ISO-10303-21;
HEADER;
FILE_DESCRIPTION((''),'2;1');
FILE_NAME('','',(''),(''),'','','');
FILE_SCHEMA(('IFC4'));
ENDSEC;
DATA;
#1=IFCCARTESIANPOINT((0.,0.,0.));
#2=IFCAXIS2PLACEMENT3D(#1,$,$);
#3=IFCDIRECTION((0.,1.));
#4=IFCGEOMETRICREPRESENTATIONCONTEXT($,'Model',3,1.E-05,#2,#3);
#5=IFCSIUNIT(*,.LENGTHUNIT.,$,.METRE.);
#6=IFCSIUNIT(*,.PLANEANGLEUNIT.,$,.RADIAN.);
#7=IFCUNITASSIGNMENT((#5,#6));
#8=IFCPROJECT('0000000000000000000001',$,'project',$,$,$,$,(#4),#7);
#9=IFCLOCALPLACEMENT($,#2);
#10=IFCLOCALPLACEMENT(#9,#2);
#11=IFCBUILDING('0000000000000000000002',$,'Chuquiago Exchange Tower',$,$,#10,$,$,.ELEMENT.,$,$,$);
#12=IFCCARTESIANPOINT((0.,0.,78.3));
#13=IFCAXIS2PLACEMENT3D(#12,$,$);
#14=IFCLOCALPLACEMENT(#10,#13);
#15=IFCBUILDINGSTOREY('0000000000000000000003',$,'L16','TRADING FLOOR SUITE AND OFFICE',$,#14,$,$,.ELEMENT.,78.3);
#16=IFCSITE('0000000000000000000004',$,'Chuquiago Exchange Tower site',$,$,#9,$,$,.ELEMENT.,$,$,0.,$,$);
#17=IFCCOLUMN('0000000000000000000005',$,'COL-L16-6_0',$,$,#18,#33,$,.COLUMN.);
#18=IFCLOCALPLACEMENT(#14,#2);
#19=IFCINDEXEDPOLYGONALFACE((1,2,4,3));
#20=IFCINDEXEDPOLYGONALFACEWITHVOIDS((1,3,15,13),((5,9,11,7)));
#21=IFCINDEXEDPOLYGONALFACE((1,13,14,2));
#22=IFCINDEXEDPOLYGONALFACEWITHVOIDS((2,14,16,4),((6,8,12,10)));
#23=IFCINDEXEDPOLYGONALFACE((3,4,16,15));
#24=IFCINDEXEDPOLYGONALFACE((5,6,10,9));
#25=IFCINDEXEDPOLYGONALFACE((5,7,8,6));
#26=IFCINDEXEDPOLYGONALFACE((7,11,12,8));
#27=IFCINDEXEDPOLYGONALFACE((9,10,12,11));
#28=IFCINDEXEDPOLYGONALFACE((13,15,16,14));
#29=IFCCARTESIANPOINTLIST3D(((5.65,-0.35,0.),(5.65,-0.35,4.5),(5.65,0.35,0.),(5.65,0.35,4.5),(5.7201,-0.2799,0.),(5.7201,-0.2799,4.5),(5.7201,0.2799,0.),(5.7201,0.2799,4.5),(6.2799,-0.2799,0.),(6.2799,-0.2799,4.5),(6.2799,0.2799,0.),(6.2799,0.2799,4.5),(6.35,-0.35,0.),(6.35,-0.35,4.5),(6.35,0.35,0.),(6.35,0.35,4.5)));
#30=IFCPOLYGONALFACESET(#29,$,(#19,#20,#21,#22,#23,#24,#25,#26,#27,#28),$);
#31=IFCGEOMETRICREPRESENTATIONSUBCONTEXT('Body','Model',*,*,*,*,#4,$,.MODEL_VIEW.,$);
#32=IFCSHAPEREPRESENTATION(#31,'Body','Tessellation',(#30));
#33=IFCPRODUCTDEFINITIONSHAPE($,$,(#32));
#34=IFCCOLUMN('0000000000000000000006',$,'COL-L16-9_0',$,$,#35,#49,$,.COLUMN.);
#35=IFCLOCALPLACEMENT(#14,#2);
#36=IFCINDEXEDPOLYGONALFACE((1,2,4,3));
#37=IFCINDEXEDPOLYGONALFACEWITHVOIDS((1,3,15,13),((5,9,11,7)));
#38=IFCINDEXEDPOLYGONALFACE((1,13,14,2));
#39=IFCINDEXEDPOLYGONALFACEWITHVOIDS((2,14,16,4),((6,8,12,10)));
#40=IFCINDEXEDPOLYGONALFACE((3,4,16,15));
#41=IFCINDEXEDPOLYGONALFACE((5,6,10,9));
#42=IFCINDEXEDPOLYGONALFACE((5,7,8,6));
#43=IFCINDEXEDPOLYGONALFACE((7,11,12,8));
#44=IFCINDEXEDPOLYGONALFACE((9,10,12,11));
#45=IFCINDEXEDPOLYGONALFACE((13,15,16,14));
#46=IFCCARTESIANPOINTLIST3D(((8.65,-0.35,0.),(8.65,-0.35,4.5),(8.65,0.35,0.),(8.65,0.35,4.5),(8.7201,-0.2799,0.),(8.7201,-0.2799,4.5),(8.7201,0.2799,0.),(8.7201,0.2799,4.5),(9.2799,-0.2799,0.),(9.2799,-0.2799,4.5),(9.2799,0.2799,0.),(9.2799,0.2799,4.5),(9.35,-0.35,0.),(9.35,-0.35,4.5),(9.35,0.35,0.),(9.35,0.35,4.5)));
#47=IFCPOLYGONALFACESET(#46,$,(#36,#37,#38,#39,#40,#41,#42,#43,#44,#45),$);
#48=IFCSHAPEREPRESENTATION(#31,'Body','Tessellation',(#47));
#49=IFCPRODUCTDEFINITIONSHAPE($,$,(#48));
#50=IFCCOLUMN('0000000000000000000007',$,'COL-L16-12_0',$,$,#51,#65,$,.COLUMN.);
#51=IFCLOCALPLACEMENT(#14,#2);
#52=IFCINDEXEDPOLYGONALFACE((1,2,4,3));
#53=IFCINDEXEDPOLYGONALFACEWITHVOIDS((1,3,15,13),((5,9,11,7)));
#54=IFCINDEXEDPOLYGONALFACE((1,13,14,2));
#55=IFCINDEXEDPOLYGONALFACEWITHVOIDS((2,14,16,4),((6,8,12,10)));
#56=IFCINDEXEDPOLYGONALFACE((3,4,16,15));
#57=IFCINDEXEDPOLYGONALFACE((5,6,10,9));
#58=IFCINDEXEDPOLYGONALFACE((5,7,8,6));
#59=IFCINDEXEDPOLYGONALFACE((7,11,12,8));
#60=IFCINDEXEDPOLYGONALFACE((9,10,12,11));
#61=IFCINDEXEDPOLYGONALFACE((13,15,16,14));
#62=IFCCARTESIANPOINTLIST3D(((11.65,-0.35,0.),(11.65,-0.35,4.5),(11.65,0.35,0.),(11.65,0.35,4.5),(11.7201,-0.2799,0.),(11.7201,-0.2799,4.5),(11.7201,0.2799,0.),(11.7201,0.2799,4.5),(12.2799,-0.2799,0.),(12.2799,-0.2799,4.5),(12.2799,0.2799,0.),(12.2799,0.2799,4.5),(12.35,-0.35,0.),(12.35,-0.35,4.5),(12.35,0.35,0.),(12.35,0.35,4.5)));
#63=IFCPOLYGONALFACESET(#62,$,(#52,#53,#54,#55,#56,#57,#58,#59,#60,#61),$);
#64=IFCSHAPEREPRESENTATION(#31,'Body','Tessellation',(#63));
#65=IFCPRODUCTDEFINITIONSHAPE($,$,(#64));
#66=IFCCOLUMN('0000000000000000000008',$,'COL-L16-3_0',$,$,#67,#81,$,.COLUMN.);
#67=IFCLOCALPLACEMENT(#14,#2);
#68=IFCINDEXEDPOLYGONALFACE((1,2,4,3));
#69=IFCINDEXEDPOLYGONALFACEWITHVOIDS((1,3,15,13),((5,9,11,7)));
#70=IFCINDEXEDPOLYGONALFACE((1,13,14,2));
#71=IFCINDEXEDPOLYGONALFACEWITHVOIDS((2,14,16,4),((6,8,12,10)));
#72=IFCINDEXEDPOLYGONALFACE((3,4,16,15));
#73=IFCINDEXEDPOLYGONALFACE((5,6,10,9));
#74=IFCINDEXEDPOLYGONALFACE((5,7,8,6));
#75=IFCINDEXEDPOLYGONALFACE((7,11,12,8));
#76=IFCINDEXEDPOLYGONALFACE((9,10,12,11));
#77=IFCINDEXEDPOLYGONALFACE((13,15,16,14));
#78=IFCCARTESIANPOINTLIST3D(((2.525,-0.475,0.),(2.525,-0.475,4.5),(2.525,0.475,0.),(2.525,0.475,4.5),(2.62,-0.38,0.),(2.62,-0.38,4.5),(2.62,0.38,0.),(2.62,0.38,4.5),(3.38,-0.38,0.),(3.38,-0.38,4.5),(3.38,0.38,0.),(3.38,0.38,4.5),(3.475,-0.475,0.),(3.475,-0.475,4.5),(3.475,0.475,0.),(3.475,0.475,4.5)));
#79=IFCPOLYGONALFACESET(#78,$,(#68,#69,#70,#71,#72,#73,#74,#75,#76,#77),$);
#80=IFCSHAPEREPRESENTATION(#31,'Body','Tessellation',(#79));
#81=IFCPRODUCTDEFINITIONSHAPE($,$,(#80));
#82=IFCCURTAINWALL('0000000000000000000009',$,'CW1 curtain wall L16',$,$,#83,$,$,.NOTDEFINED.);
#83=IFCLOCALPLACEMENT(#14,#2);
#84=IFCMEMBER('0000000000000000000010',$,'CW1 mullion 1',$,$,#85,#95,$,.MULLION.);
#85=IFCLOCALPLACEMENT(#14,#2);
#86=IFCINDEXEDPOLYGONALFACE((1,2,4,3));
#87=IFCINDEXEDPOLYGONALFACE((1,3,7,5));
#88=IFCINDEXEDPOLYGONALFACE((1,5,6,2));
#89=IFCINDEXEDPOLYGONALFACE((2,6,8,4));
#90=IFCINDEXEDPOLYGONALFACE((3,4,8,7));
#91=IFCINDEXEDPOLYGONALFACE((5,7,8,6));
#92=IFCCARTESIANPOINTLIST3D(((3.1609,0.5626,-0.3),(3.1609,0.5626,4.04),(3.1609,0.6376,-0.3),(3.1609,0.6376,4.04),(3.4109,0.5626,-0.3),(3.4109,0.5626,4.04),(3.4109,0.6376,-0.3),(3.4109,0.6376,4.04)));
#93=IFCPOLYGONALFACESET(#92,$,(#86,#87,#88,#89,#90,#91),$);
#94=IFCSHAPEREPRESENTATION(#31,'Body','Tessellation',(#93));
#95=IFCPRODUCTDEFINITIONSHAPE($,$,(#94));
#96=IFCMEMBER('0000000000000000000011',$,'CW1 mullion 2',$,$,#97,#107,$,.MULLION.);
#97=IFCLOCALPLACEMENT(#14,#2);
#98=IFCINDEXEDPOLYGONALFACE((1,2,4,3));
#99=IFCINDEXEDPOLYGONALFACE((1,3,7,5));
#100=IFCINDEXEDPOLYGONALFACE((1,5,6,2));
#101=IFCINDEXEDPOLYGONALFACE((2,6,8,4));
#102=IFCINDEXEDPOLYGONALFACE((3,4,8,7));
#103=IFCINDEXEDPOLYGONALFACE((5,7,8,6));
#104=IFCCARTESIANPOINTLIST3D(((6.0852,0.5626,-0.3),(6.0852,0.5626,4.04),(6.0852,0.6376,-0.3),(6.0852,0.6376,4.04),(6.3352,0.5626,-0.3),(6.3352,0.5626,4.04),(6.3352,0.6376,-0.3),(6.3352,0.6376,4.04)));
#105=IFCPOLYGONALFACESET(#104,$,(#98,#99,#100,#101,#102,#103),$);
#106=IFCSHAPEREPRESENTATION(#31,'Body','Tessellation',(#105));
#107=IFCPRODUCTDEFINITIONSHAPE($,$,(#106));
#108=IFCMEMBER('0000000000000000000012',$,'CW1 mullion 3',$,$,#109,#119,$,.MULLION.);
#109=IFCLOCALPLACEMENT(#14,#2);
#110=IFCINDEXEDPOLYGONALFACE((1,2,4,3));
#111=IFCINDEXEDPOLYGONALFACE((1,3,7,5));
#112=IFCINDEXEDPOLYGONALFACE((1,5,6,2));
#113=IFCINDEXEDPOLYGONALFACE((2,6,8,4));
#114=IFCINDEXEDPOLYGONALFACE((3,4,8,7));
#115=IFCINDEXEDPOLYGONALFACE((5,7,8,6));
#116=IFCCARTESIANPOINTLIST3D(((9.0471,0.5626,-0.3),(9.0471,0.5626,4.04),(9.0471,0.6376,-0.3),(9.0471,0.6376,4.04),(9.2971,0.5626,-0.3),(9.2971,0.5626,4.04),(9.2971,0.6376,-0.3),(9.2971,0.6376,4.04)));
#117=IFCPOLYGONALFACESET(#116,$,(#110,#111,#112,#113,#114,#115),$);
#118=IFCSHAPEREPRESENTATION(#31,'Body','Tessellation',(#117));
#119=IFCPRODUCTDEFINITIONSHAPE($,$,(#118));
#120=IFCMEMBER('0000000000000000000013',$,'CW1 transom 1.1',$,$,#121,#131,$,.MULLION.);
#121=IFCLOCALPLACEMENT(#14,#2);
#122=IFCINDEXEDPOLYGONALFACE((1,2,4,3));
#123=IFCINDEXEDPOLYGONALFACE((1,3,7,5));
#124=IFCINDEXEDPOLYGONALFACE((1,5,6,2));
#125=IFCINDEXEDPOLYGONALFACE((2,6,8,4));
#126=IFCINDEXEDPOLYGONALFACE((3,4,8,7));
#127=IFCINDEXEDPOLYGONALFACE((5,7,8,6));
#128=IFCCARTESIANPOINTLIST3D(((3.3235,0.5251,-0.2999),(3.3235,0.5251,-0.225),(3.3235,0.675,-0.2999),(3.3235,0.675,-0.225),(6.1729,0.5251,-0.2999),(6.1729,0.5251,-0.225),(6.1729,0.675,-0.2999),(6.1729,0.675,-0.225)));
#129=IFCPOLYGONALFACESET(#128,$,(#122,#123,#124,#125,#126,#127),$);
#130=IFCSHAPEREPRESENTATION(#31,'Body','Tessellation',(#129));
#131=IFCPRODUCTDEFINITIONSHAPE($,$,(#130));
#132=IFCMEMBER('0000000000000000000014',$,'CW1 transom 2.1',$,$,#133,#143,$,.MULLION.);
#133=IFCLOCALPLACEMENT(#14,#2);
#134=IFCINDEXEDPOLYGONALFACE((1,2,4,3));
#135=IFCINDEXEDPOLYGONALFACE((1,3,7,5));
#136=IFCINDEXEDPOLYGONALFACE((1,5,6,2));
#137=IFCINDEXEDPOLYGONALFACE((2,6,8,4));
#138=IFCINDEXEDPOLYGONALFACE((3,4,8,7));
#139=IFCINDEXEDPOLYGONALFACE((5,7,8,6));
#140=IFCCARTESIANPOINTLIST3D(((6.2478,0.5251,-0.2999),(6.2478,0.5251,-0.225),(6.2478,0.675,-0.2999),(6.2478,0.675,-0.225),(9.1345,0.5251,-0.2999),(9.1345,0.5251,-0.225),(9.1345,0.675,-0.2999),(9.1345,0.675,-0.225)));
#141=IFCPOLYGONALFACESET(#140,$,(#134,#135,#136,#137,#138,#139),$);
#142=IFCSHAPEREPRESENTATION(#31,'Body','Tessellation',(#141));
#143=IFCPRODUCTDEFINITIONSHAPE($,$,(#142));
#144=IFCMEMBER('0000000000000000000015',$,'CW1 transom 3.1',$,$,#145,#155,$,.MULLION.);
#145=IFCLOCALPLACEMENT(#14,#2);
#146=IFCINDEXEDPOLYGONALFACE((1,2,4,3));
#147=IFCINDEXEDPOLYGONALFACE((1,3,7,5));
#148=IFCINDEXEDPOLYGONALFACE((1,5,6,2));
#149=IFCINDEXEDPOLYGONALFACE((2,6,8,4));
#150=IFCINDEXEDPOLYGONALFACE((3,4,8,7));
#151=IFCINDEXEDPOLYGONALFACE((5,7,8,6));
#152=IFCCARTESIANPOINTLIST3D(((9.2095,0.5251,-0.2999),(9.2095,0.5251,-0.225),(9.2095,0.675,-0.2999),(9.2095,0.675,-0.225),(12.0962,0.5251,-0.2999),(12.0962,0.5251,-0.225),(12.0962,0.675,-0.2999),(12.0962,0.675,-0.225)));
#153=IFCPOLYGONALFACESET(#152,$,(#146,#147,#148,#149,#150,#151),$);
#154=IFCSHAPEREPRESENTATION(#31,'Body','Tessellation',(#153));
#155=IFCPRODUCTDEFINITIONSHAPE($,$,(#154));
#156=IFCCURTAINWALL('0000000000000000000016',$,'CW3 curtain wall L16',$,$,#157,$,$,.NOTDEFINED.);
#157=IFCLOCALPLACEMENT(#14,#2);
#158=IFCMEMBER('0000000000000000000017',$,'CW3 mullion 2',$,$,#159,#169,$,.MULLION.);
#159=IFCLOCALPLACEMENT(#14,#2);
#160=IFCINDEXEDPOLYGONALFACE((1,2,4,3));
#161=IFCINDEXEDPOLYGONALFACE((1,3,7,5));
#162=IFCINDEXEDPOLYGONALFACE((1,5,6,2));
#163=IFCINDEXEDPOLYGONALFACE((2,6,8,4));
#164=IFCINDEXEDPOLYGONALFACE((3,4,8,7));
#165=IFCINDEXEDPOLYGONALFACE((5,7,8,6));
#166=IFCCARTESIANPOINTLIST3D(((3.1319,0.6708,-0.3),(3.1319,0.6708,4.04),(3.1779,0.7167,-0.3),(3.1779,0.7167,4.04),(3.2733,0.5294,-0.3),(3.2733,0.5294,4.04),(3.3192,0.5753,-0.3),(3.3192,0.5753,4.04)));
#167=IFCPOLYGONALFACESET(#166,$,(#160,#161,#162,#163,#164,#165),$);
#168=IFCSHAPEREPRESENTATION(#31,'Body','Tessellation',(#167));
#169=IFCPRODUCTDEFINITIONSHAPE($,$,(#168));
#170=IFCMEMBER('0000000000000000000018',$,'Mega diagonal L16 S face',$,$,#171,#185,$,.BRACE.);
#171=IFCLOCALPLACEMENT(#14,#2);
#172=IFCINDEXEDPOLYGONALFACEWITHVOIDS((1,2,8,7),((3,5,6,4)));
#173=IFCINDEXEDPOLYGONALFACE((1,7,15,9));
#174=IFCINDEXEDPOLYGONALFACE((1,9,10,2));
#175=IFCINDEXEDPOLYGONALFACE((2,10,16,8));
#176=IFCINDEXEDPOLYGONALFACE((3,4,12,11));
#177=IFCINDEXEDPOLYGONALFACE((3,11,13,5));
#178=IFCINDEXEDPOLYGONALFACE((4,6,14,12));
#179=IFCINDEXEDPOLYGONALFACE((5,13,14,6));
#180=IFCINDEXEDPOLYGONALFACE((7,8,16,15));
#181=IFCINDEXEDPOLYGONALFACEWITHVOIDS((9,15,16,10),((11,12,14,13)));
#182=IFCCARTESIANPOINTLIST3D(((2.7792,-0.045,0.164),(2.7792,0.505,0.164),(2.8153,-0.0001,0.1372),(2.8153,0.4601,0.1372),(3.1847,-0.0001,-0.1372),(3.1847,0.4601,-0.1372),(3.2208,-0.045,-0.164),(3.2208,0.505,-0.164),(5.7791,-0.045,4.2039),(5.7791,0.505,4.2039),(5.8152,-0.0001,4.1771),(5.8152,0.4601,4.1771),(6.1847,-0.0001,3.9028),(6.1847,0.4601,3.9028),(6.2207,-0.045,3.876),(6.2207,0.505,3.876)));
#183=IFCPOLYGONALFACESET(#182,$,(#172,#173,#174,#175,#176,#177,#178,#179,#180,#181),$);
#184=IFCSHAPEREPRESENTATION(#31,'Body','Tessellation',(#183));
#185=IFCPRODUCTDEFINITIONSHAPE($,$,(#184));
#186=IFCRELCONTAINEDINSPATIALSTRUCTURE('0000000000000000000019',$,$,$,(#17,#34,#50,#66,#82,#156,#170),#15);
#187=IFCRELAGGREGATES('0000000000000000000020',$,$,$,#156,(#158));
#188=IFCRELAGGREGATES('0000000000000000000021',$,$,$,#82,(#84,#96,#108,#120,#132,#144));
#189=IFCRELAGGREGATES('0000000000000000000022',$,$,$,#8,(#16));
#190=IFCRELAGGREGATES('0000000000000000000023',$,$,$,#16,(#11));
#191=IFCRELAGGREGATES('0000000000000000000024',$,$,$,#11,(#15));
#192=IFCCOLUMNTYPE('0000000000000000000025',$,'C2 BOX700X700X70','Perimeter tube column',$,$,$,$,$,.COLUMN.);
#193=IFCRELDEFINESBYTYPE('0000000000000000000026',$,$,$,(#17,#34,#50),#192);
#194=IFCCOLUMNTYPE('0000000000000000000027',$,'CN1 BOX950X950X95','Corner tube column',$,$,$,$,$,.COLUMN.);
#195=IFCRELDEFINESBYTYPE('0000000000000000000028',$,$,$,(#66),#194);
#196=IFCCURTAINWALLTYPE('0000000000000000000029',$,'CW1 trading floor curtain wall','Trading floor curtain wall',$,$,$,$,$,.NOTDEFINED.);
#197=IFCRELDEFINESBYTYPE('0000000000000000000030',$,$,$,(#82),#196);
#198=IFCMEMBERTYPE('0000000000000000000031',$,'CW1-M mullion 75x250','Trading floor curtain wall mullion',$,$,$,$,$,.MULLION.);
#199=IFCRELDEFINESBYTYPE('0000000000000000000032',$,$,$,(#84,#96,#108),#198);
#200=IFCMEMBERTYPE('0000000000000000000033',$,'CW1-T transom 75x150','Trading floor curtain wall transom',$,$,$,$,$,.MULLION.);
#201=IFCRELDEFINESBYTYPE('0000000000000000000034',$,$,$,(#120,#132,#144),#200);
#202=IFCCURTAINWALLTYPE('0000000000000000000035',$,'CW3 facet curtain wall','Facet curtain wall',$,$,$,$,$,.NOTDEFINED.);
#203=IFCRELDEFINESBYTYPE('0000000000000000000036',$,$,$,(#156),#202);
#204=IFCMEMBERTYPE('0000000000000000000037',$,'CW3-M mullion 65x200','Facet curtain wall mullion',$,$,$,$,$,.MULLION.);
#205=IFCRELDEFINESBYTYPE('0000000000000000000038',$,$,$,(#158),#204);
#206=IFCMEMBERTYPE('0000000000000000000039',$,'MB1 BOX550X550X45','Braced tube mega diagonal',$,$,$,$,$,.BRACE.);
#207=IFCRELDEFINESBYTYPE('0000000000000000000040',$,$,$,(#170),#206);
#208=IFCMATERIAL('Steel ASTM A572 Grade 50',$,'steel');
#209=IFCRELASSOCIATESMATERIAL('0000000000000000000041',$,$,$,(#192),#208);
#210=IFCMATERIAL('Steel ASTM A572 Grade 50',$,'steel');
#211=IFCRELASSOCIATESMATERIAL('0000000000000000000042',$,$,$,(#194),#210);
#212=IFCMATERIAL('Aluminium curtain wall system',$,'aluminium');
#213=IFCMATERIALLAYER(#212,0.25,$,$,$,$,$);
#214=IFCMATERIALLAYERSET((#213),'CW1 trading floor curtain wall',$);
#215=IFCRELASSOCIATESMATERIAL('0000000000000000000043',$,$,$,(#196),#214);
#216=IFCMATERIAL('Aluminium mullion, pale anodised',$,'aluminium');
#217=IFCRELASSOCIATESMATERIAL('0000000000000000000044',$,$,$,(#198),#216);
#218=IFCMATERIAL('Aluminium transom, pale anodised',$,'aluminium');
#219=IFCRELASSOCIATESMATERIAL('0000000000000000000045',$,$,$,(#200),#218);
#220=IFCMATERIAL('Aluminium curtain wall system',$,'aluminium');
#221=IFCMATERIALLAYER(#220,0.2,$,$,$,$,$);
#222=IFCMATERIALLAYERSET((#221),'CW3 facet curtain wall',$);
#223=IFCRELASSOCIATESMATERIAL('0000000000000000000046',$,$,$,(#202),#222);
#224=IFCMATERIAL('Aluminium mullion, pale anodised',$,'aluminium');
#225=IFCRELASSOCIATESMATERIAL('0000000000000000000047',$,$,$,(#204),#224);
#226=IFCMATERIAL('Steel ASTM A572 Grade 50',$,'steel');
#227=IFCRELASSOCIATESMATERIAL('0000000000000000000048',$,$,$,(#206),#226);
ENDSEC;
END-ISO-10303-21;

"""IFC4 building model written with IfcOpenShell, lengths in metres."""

from ifc_helpers import new_model, si_unit, direction, frame, origin, origin_2d, place, context, subcontext, project, spatial, rectangle, hollow_rectangle, extrude, material, layer, layer_set, material_profile, profile_set, type_object, element, aggregate, save


model = new_model("IFC4")

# Units and contexts
model_context = context("Model", 3, precision=1e-05, world=origin(), true_north=direction((0.0, 1.0)))
body_context = subcontext(model_context, "Body", "Model", "MODEL_VIEW")
ifc_project = project(units=[si_unit("LENGTHUNIT", "METRE"), si_unit("PLANEANGLEUNIT", "RADIAN")], contexts=[model_context])

# Site, building, storey
site_placement = place(None, origin())
site = spatial("IfcSite", under=ifc_project, at=site_placement, Name="Chuquiago Exchange Tower site", CompositionType="ELEMENT", RefElevation=0.0)
building_placement = place(site_placement, origin())
building = spatial("IfcBuilding", under=site, at=building_placement, Name="Chuquiago Exchange Tower", CompositionType="ELEMENT")
storey_placement = place(building_placement, frame((0.0, 0.0, 78.3)))
storey = spatial("IfcBuildingStorey", under=building, at=storey_placement, Name="L16", Description="TRADING FLOOR SUITE AND OFFICE", CompositionType="ELEMENT", Elevation=78.3)

# Columns
ifc_material_1 = material(Name="Steel ASTM A572 Grade 50", Category="steel")
ifc_material_profile_1 = material_profile(ifc_material_1, hollow_rectangle(XDim=0.7, YDim=0.7, WallThickness=0.0701, at=origin_2d()), Name="BOX700X700X70")
ifc_profile_set_1 = profile_set([ifc_material_profile_1], Name="Steel ASTM A572 Grade 50")
column_type_1 = type_object("IfcColumnType", Name="C2 BOX700X700X70", Description="Perimeter tube column", PredefinedType="COLUMN", material=ifc_profile_set_1)
for number, where, z_axis, x_axis, name in (
    (1, (6.0, 0.0, 0.0), (0.0, 0.0, 1.0), (0.0, -1.0, 0.0), "COL-L16-6_0"),
    (2, (9.0, 0.0, 0.0), (0.0, 0.0, 1.0), (0.0, -1.0, 0.0), "COL-L16-9_0"),
    (3, (12.0, 0.0, 0.0), (0.0, 0.0, 1.0), (0.0, -1.0, 0.0), "COL-L16-12_0"),
):
    element("IfcColumn", number, at=place(storey_placement, frame(where, z_axis=z_axis, x_axis=x_axis)), inside=storey, type_object=column_type_1, Name=name, PredefinedType="COLUMN", context=body_context, shape_type="SweptSolid", body=[
        extrude(hollow_rectangle(XDim=0.7, YDim=0.7, WallThickness=0.0701, at=origin_2d()), origin(), (0.0, 0.0, 1.0), 4.5),
    ])
ifc_material_2 = material(Name="Steel ASTM A572 Grade 50", Category="steel")
ifc_material_profile_2 = material_profile(ifc_material_2, hollow_rectangle(XDim=0.95, YDim=0.95, WallThickness=0.095, at=origin_2d()), Name="BOX950X950X95")
ifc_profile_set_2 = profile_set([ifc_material_profile_2], Name="Steel ASTM A572 Grade 50")
column_type_2 = type_object("IfcColumnType", Name="CN1 BOX950X950X95", Description="Corner tube column", PredefinedType="COLUMN", material=ifc_profile_set_2)
column_placement = place(storey_placement, frame((3.0, 0.0, 0.0), z_axis=(0.0, 0.0, 1.0), x_axis=(0.0, -1.0, 0.0)))
element("IfcColumn", 4, at=column_placement, inside=storey, type_object=column_type_2, Name="COL-L16-3_0", PredefinedType="COLUMN", context=body_context, shape_type="SweptSolid", body=[
    extrude(hollow_rectangle(XDim=0.95, YDim=0.95, WallThickness=0.095, at=origin_2d()), origin(), (0.0, 0.0, 1.0), 4.5),
])

# Curtain wall, members
ifc_material_3 = material(Name="Aluminium curtain wall system", Category="aluminium")
ifc_layer_1 = layer(ifc_material_3, 0.25)
ifc_layer_set_1 = layer_set([ifc_layer_1], Name="CW1 trading floor curtain wall")
curtain_wall_type_1 = type_object("IfcCurtainWallType", Name="CW1 trading floor curtain wall", Description="Trading floor curtain wall", PredefinedType="NOTDEFINED", material=ifc_layer_set_1)
curtain_wall_1_placement = place(storey_placement, origin())
curtain_wall_1 = element("IfcCurtainWall", 5, at=curtain_wall_1_placement, inside=storey, type_object=curtain_wall_type_1, Name="CW1 curtain wall L16", PredefinedType="NOTDEFINED")
ifc_material_4 = material(Name="Aluminium mullion, pale anodised", Category="aluminium")
ifc_material_profile_3 = material_profile(ifc_material_4, rectangle(XDim=0.075, YDim=0.25, at=origin_2d()), Name="AL 75x250")
ifc_profile_set_3 = profile_set([ifc_material_profile_3], Name="Aluminium mullion, pale anodised")
member_type_1 = type_object("IfcMemberType", Name="CW1-M mullion 75x250", Description="Trading floor curtain wall mullion", PredefinedType="MULLION", material=ifc_profile_set_3)
member_1_placement = place(storey_placement, frame((3.2859, 0.6001, -0.3), z_axis=(0.0, 0.0, 1.0), x_axis=(0.0, 1.0, 0.0)))
member_1 = element("IfcMember", 6, at=member_1_placement, type_object=member_type_1, Name="CW1 mullion 1", PredefinedType="MULLION", context=body_context, shape_type="SweptSolid", body=[
    extrude(rectangle(XDim=0.075, YDim=0.25, at=origin_2d()), origin(), (0.0, 0.0, 1.0), 4.3401),
])
member_2_placement = place(storey_placement, frame((6.2102, 0.6001, -0.3), z_axis=(0.0, 0.0, 1.0), x_axis=(0.0, 1.0, 0.0)))
member_2 = element("IfcMember", 7, at=member_2_placement, type_object=member_type_1, Name="CW1 mullion 2", PredefinedType="MULLION", context=body_context, shape_type="SweptSolid", body=[
    extrude(rectangle(XDim=0.075, YDim=0.25, at=origin_2d()), origin(), (0.0, 0.0, 1.0), 4.3401),
])
member_3_placement = place(storey_placement, frame((9.1721, 0.6001, -0.3), z_axis=(0.0, 0.0, 1.0), x_axis=(0.0, 1.0, 0.0)))
member_3 = element("IfcMember", 8, at=member_3_placement, type_object=member_type_1, Name="CW1 mullion 3", PredefinedType="MULLION", context=body_context, shape_type="SweptSolid", body=[
    extrude(rectangle(XDim=0.075, YDim=0.25, at=origin_2d()), origin(), (0.0, 0.0, 1.0), 4.3401),
])
ifc_material_5 = material(Name="Aluminium transom, pale anodised", Category="aluminium")
ifc_material_profile_4 = material_profile(ifc_material_5, rectangle(XDim=0.1499, YDim=0.075, at=origin_2d()), Name="AL 150x75")
ifc_profile_set_4 = profile_set([ifc_material_profile_4], Name="Aluminium transom, pale anodised")
member_type_2 = type_object("IfcMemberType", Name="CW1-T transom 75x150", Description="Trading floor curtain wall transom", PredefinedType="MULLION", material=ifc_profile_set_4)
member_4_placement = place(storey_placement, frame((3.3235, 0.6001, -0.2625), z_axis=(1.0, 0.0, 0.0), x_axis=(0.0, 1.0, 0.0)))
member_4 = element("IfcMember", 9, at=member_4_placement, type_object=member_type_2, Name="CW1 transom 1.1", PredefinedType="MULLION", context=body_context, shape_type="SweptSolid", body=[
    extrude(rectangle(XDim=0.1499, YDim=0.075, at=origin_2d()), origin(), (0.0, 0.0, 1.0), 2.8494),
])
member_5_placement = place(storey_placement, frame((6.2478, 0.6001, -0.2625), z_axis=(1.0, 0.0, 0.0), x_axis=(0.0, 1.0, 0.0)))
member_5 = element("IfcMember", 10, at=member_5_placement, type_object=member_type_2, Name="CW1 transom 2.1", PredefinedType="MULLION", context=body_context, shape_type="SweptSolid", body=[
    extrude(rectangle(XDim=0.1499, YDim=0.075, at=origin_2d()), origin(), (0.0, 0.0, 1.0), 2.8867),
])
member_6_placement = place(storey_placement, frame((9.2095, 0.6001, -0.2625), z_axis=(1.0, 0.0, 0.0), x_axis=(0.0, 1.0, 0.0)))
member_6 = element("IfcMember", 11, at=member_6_placement, type_object=member_type_2, Name="CW1 transom 3.1", PredefinedType="MULLION", context=body_context, shape_type="SweptSolid", body=[
    extrude(rectangle(XDim=0.1499, YDim=0.075, at=origin_2d()), origin(), (0.0, 0.0, 1.0), 2.8867),
])

# Curtain wall, member
ifc_material_6 = material(Name="Aluminium curtain wall system", Category="aluminium")
ifc_layer_2 = layer(ifc_material_6, 0.2)
ifc_layer_set_2 = layer_set([ifc_layer_2], Name="CW3 facet curtain wall")
curtain_wall_type_2 = type_object("IfcCurtainWallType", Name="CW3 facet curtain wall", Description="Facet curtain wall", PredefinedType="NOTDEFINED", material=ifc_layer_set_2)
curtain_wall_2_placement = place(storey_placement, origin())
curtain_wall_2 = element("IfcCurtainWall", 12, at=curtain_wall_2_placement, inside=storey, type_object=curtain_wall_type_2, Name="CW3 curtain wall L16", PredefinedType="NOTDEFINED")
ifc_material_7 = material(Name="Aluminium mullion, pale anodised", Category="aluminium")
ifc_material_profile_5 = material_profile(ifc_material_7, rectangle(XDim=0.0649, YDim=0.2, at=origin_2d()), Name="AL 65x200")
ifc_profile_set_5 = profile_set([ifc_material_profile_5], Name="Aluminium mullion, pale anodised")
member_type_3 = type_object("IfcMemberType", Name="CW3-M mullion 65x200", Description="Facet curtain wall mullion", PredefinedType="MULLION", material=ifc_profile_set_5)
member_7_placement = place(storey_placement, frame((3.2256, 0.623, -0.3), z_axis=(0.0, 0.0, 1.0), x_axis=(0.707107, 0.707107, 0.0)))
member_7 = element("IfcMember", 13, at=member_7_placement, type_object=member_type_3, Name="CW3 mullion 2", PredefinedType="MULLION", context=body_context, shape_type="SweptSolid", body=[
    extrude(rectangle(XDim=0.0649, YDim=0.2, at=origin_2d()), origin(), (0.0, 0.0, 1.0), 4.3401),
])
aggregate(curtain_wall_2, [member_7])

# Member
ifc_material_8 = material(Name="Steel ASTM A572 Grade 50", Category="steel")
ifc_material_profile_6 = material_profile(ifc_material_8, hollow_rectangle(XDim=0.55, YDim=0.55, WallThickness=0.0449, at=origin_2d()), Name="BOX550X550X45")
ifc_profile_set_6 = profile_set([ifc_material_profile_6], Name="Steel ASTM A572 Grade 50")
member_type_4 = type_object("IfcMemberType", Name="MB1 BOX550X550X45", Description="Braced tube mega diagonal", PredefinedType="BRACE", material=ifc_profile_set_6)
for number, where, z_axis, x_axis, name in (
    (14, (3.0, 0.23, 0.0), (0.596174, 0.0, 0.802855), (0.0, 1.0, 0.0), "Mega diagonal L16 S face"),
):
    element("IfcMember", number, at=place(storey_placement, frame(where, z_axis=z_axis, x_axis=x_axis)), inside=storey, type_object=member_type_4, Name=name, PredefinedType="BRACE", context=body_context, shape_type="SweptSolid", body=[
        extrude(hollow_rectangle(XDim=0.55, YDim=0.55, WallThickness=0.0449, at=origin_2d()), origin(), (0.0, 0.0, 1.0), 5.032),
    ])

aggregate(curtain_wall_1, [member_1, member_2, member_3, member_4, member_5, member_6])

save(model, "model.ifc")
